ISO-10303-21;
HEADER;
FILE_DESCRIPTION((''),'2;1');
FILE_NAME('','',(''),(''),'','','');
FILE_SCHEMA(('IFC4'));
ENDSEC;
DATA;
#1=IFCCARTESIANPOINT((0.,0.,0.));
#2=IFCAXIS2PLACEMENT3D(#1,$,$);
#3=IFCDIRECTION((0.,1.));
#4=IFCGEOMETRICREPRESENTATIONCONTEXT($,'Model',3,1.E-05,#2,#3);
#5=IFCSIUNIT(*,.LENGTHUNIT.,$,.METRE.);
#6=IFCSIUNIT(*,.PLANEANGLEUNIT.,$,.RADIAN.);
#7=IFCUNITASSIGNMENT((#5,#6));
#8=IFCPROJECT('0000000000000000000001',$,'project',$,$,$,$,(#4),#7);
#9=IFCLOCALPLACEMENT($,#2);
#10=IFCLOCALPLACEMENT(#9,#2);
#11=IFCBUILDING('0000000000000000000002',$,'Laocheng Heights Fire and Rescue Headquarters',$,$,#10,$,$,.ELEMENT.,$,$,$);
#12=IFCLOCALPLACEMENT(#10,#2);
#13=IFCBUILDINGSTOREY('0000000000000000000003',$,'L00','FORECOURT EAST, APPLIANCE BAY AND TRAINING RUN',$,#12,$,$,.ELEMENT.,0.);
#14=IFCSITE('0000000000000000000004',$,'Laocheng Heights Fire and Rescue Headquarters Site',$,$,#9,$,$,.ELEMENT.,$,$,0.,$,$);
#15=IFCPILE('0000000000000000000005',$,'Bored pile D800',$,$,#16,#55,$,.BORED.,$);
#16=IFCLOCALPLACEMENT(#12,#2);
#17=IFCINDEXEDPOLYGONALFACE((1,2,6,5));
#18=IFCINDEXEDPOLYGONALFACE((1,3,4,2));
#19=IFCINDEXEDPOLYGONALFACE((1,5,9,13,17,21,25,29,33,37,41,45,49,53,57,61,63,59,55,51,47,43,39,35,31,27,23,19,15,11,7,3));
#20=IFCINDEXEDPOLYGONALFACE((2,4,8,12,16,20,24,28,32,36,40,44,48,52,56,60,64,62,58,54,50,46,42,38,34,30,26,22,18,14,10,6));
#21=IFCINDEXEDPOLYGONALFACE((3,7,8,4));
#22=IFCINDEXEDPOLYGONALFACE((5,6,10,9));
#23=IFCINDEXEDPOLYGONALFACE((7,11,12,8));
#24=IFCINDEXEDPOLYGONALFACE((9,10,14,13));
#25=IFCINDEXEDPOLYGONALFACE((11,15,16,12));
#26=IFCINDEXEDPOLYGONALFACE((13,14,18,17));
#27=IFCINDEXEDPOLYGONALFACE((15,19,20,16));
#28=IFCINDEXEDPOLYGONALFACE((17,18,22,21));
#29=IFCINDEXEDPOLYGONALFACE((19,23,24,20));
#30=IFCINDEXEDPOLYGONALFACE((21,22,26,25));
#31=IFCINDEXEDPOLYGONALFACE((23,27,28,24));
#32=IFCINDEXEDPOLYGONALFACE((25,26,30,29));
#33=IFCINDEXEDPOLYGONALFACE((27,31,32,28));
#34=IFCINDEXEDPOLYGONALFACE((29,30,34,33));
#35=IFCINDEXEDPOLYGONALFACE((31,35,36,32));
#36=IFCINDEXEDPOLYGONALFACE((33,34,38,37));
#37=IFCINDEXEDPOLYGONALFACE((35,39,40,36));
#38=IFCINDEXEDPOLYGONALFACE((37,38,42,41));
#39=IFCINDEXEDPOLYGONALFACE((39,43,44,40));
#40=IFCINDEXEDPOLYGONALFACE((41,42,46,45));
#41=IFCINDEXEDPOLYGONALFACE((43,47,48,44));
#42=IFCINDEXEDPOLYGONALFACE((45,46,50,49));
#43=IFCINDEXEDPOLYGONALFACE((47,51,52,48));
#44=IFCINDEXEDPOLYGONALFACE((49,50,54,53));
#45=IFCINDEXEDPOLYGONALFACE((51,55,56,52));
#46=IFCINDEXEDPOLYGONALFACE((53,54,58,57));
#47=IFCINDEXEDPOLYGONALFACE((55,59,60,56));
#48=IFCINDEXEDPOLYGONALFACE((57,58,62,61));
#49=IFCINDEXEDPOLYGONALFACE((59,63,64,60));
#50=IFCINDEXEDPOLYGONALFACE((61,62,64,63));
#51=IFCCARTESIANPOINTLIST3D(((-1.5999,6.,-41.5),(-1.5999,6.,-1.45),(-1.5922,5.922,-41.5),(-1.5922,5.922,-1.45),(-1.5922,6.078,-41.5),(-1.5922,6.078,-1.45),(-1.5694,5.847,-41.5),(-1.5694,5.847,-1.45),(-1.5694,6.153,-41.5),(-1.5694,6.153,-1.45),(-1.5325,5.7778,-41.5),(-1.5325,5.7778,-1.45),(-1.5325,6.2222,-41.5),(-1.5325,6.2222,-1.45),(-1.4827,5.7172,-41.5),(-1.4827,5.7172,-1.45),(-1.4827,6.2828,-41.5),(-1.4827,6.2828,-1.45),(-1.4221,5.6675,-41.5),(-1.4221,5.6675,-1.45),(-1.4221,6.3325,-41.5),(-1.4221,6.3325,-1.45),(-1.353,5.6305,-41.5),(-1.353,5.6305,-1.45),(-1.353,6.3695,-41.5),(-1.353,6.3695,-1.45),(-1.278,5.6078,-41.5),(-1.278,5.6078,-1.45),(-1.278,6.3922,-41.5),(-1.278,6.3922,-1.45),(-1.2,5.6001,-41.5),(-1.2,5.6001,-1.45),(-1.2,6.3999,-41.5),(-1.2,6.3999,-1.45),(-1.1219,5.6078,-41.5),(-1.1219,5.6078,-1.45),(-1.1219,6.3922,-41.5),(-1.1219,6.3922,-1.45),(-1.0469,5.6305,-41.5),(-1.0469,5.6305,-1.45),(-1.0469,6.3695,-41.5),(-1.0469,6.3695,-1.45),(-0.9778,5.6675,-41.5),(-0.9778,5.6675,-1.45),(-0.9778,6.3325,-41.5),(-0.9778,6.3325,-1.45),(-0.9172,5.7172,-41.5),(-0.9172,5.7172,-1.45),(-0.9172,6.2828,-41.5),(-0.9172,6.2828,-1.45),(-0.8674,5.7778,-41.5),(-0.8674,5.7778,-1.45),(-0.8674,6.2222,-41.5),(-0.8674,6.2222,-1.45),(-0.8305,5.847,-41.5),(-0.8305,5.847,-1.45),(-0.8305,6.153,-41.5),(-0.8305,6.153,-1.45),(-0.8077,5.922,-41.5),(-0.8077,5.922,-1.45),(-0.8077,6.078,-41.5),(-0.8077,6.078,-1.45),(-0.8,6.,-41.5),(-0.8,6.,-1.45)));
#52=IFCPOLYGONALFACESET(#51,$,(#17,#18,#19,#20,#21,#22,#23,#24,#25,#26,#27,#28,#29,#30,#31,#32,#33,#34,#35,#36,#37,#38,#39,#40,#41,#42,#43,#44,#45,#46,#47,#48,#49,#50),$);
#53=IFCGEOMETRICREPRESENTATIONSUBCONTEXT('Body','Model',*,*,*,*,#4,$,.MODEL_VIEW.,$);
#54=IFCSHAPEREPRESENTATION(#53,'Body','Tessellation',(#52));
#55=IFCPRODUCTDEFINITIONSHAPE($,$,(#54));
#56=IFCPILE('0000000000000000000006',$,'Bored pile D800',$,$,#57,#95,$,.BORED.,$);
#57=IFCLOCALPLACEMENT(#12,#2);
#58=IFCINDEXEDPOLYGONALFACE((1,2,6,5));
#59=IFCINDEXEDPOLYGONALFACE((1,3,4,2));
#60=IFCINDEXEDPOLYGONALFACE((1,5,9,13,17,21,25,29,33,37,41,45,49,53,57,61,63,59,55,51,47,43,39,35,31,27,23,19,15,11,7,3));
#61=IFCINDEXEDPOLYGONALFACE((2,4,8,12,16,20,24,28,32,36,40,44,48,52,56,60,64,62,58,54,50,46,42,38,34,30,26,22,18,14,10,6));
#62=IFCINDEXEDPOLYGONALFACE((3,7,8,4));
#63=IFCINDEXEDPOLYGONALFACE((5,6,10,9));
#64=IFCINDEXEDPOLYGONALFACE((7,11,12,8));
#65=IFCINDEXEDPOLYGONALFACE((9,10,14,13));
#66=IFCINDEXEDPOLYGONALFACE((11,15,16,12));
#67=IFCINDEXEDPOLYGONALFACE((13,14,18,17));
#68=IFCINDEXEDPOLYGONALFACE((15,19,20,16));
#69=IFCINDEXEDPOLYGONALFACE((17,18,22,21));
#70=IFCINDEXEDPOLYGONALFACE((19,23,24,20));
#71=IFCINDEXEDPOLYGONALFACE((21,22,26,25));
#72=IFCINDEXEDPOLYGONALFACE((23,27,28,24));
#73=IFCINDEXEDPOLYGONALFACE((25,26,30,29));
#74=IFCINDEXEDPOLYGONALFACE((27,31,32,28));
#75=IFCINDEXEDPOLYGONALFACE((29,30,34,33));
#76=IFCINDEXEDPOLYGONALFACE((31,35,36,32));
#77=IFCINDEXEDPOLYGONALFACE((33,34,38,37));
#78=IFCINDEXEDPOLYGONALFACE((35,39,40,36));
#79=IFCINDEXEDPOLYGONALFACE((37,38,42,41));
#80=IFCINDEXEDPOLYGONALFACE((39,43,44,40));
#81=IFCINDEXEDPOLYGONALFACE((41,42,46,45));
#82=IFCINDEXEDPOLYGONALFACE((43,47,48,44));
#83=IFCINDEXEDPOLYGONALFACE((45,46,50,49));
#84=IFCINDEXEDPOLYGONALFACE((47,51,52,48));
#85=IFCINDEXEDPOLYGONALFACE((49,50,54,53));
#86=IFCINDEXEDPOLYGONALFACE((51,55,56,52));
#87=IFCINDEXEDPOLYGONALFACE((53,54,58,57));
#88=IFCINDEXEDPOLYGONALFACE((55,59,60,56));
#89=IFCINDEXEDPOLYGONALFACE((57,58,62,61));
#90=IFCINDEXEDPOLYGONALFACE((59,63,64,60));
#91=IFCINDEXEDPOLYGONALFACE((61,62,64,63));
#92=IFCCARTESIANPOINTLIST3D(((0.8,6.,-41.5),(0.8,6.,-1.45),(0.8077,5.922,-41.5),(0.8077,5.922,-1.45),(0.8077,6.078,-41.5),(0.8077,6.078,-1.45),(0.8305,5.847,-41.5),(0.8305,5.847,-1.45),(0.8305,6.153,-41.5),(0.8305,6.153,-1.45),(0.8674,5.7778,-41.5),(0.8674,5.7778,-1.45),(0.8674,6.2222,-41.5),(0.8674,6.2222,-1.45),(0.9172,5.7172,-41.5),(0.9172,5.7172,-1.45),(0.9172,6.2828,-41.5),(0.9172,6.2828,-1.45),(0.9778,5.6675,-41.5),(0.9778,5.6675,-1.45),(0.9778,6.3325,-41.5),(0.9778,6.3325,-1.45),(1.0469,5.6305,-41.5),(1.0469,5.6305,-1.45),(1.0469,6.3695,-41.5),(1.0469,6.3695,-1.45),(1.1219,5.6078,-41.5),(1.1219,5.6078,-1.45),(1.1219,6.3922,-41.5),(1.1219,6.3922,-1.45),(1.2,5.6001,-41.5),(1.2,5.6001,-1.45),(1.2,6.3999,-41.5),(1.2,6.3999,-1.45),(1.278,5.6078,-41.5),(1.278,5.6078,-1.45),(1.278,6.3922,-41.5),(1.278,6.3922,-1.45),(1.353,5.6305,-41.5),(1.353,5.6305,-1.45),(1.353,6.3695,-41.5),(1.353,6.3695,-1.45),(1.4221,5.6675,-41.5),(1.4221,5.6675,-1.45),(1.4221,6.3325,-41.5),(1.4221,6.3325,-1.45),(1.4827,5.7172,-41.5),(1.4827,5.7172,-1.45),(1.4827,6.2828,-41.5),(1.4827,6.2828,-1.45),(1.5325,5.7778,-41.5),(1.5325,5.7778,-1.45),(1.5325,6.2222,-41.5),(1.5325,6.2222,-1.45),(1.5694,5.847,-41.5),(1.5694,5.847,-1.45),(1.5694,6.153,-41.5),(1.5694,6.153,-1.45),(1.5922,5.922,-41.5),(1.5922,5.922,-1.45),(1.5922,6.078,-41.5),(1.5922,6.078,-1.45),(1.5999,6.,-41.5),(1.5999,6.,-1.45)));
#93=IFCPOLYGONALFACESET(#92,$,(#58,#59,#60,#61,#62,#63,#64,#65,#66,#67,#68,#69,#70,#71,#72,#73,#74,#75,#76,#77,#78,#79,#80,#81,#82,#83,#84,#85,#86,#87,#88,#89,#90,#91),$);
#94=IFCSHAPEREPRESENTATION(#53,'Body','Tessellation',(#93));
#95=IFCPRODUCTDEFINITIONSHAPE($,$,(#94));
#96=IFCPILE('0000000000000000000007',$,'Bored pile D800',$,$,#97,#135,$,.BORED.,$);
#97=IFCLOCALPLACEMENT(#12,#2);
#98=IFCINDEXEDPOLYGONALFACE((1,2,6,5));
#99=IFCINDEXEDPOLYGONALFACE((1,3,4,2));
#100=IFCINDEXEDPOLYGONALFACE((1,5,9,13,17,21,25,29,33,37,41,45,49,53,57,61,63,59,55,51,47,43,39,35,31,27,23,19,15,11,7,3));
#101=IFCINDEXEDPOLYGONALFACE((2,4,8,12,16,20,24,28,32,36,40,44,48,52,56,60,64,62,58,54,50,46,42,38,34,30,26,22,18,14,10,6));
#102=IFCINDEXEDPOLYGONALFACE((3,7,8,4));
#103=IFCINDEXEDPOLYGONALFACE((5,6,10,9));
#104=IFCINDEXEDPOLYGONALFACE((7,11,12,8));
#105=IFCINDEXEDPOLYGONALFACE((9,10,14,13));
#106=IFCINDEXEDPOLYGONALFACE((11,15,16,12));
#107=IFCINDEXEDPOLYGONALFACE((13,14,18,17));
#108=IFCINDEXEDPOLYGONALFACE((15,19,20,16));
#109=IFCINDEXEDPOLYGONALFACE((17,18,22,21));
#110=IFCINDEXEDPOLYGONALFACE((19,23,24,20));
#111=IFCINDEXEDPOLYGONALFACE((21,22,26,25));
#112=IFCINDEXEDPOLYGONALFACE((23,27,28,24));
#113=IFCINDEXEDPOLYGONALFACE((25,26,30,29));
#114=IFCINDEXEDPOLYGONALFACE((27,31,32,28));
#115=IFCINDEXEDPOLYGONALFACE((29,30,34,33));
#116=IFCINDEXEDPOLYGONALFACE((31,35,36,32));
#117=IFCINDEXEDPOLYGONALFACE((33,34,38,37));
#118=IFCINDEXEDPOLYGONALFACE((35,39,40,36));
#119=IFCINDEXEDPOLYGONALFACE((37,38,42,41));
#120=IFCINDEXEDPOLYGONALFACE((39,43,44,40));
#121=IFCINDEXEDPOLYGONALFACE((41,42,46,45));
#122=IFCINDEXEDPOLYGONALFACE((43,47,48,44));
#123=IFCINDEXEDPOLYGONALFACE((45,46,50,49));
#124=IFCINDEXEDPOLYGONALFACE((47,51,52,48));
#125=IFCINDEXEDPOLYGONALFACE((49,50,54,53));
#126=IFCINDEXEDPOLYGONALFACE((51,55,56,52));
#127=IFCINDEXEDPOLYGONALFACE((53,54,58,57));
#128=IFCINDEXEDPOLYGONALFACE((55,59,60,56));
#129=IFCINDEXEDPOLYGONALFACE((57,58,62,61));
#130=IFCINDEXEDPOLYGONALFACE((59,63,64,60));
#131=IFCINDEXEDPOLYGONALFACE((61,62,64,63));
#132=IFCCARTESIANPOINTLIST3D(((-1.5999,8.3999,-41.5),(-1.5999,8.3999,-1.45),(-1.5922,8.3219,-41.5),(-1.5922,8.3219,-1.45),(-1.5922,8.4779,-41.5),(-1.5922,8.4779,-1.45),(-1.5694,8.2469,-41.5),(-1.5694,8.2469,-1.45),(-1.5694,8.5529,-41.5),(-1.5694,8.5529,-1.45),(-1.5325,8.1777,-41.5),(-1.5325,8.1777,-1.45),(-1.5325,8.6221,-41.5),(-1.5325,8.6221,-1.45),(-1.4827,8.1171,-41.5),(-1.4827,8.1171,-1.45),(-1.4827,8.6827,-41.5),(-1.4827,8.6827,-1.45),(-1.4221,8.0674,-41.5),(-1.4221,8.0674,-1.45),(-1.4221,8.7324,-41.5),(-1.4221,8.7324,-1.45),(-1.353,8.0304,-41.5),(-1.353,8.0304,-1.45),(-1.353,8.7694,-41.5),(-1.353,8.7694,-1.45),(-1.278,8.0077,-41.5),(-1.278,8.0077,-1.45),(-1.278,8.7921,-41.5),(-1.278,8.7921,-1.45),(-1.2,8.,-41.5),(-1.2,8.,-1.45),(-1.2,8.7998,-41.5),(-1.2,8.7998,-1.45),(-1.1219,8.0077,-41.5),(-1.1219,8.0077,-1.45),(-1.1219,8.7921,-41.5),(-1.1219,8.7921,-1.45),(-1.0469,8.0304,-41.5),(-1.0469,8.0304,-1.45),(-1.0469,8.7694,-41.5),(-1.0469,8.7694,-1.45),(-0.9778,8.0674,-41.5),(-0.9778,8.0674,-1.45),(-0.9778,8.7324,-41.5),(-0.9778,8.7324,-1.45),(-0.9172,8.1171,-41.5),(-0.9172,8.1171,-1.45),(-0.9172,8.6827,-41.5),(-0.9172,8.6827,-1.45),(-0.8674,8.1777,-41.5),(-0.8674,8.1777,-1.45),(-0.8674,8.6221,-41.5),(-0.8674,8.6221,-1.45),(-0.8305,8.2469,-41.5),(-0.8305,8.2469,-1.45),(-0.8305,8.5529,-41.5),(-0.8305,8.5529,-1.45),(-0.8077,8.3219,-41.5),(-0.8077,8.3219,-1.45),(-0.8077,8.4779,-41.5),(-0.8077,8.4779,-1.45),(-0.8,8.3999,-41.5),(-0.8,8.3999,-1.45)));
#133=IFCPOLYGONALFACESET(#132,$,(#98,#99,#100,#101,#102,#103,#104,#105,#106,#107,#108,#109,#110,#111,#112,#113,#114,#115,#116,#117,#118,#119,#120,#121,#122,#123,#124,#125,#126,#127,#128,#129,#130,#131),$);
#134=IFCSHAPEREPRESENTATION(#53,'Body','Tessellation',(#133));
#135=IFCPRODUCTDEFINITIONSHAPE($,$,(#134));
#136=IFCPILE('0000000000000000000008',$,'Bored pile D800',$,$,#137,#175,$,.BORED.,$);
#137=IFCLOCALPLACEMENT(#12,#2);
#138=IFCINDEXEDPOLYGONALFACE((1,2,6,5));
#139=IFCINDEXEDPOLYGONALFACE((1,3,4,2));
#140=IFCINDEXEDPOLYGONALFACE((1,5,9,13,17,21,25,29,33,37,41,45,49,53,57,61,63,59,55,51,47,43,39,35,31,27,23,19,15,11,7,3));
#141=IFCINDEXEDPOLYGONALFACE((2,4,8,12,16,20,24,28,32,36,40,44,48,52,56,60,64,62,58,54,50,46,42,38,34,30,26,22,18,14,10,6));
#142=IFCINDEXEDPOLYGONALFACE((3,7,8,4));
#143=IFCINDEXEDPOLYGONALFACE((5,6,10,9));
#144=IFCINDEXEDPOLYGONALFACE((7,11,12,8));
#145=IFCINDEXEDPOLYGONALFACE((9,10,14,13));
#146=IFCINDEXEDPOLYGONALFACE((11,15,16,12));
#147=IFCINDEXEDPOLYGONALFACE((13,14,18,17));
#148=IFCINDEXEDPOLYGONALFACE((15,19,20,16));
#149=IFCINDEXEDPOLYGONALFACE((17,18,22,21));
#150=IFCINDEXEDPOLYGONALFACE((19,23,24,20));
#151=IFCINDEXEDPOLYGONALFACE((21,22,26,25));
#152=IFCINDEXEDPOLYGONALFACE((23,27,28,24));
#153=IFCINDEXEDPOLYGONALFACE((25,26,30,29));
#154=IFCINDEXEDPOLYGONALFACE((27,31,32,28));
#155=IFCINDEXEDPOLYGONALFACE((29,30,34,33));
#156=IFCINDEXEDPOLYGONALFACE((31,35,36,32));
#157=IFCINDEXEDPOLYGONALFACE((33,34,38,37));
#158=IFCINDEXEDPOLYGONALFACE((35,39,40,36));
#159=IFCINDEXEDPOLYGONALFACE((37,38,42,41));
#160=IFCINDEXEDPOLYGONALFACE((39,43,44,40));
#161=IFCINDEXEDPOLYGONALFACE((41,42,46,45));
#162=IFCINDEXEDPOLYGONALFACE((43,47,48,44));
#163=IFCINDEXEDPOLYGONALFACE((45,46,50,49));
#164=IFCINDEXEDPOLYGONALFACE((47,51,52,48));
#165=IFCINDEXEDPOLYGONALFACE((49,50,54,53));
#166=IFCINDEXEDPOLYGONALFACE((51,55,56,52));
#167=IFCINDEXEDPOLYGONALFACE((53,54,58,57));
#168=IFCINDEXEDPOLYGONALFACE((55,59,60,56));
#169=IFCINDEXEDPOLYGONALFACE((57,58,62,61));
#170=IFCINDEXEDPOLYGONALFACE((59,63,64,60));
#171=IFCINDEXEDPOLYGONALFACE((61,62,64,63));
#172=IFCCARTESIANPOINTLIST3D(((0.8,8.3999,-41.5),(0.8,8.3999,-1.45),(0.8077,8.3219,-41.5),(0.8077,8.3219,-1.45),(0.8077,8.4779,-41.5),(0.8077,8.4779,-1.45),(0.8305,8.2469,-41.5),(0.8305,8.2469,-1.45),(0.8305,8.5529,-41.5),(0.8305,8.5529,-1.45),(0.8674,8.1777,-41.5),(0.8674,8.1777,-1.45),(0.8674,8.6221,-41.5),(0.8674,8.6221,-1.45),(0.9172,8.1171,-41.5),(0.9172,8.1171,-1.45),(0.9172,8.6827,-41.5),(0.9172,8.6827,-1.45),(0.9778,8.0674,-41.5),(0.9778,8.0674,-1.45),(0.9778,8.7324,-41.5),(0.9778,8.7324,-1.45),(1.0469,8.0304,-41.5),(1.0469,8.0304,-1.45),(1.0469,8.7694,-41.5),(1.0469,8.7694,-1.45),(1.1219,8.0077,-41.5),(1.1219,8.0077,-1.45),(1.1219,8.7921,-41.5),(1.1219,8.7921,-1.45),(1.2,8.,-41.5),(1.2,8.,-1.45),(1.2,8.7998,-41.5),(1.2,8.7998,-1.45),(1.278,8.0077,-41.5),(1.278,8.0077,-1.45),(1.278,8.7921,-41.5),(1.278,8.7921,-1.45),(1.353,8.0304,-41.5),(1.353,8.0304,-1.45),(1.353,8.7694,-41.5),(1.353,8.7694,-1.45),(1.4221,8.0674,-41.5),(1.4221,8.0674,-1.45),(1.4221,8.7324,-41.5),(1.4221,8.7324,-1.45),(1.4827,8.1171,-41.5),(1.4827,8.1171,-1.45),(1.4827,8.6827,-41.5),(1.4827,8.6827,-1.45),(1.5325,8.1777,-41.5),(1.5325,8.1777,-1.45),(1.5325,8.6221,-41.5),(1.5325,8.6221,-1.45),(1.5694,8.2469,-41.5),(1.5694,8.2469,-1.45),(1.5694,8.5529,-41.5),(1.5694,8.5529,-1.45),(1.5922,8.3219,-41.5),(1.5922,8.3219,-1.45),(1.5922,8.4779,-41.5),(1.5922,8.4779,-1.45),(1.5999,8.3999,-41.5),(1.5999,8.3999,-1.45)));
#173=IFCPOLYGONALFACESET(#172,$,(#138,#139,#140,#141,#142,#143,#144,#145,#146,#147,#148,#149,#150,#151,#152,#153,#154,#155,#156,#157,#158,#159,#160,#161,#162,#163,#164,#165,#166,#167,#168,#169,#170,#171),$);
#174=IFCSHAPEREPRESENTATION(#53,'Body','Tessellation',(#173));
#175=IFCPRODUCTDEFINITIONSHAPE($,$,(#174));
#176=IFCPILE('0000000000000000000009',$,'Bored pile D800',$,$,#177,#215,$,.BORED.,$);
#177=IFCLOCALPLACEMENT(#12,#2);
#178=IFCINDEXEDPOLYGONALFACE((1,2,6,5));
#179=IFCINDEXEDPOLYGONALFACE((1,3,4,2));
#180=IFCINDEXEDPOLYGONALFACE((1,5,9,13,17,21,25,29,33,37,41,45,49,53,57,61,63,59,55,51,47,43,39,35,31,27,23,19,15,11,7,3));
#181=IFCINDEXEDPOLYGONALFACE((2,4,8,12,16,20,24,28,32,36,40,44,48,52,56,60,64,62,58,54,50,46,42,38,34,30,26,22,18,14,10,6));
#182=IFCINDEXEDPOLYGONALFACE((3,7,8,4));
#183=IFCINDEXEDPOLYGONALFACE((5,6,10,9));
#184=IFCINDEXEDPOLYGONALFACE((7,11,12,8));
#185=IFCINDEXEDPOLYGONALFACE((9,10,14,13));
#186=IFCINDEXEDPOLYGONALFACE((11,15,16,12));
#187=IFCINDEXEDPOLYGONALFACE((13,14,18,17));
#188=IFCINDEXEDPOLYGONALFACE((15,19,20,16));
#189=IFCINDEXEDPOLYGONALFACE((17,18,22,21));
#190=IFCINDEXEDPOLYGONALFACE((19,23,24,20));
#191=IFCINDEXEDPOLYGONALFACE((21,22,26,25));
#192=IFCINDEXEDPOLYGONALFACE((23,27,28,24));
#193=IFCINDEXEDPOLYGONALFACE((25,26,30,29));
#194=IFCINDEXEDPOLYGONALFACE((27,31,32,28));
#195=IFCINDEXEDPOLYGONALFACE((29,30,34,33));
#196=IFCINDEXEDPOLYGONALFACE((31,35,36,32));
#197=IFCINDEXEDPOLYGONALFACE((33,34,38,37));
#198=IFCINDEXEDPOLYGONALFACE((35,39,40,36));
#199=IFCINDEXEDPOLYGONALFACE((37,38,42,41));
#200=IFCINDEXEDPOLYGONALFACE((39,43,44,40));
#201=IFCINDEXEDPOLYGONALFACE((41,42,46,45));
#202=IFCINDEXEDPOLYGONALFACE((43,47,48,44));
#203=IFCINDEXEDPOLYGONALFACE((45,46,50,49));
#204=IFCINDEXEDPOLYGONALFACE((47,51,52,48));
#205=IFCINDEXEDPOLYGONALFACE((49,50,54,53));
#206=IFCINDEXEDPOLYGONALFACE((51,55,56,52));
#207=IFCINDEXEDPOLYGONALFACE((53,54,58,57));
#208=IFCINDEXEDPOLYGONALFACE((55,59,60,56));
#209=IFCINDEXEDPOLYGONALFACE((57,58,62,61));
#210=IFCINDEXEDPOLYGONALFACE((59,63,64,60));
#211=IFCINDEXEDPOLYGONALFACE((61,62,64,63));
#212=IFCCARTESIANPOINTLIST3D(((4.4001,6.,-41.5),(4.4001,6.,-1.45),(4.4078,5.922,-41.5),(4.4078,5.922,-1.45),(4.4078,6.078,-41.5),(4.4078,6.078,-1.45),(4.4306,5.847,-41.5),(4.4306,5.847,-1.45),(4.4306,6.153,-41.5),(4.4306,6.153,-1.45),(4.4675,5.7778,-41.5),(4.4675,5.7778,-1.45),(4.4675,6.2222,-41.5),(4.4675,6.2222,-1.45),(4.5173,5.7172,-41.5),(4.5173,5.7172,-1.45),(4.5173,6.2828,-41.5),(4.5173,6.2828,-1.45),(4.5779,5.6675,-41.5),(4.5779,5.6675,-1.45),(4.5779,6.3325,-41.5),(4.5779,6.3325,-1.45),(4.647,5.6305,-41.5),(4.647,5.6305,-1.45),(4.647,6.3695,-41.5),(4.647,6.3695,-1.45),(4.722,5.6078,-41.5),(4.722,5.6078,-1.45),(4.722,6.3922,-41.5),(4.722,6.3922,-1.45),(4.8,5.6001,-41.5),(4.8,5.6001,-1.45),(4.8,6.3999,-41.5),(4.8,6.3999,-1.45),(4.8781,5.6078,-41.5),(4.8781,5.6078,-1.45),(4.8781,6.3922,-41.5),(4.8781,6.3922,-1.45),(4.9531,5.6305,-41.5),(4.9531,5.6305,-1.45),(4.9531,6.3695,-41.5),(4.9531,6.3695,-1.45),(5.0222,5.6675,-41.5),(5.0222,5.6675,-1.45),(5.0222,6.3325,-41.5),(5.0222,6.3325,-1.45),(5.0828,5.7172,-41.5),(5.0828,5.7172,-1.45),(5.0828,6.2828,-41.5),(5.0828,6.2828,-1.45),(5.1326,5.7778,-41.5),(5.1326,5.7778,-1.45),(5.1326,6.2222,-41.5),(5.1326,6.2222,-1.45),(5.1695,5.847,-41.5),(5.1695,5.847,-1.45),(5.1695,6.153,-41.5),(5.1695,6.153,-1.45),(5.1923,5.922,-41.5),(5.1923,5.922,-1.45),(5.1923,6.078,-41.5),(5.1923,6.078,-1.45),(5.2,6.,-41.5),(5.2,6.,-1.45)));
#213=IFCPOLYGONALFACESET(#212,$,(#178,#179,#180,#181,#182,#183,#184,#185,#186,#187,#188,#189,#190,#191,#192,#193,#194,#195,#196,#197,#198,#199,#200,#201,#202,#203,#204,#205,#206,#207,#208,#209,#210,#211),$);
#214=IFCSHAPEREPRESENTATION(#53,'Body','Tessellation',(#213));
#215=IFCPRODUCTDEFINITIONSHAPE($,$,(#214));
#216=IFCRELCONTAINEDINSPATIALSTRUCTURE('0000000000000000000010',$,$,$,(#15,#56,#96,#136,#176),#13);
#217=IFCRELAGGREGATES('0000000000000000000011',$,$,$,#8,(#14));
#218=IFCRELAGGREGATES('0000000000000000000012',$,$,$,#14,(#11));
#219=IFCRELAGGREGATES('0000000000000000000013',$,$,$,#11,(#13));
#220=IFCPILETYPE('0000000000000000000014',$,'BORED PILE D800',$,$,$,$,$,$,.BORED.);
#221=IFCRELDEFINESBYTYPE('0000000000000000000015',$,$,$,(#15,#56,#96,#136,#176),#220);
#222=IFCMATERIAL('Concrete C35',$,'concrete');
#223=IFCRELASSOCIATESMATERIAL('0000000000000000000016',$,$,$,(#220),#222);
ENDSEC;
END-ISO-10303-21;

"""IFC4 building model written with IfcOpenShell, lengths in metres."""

from ifc_helpers import new_model, si_unit, direction, frame, origin, origin_2d, place, context, subcontext, project, spatial, circle, extrude, material, material_profile, profile_set, type_object, element, save


model = new_model("IFC4")

# Units and contexts
model_context = context("Model", 3, precision=1e-05, world=origin(), true_north=direction((0.0, 1.0)))
body_context = subcontext(model_context, "Body", "Model", "MODEL_VIEW")
ifc_project = project(units=[si_unit("LENGTHUNIT", "METRE"), si_unit("PLANEANGLEUNIT", "RADIAN")], contexts=[model_context])

# Site, building, storey
site_placement = place(None, origin())
site = spatial("IfcSite", under=ifc_project, at=site_placement, Name="Laocheng Heights Fire and Rescue Headquarters Site", CompositionType="ELEMENT", RefElevation=0.0)
building_placement = place(site_placement, origin())
building = spatial("IfcBuilding", under=site, at=building_placement, Name="Laocheng Heights Fire and Rescue Headquarters", CompositionType="ELEMENT")
storey_placement = place(building_placement, origin())
storey = spatial("IfcBuildingStorey", under=building, at=storey_placement, Name="L00", Description="FORECOURT EAST, APPLIANCE BAY AND TRAINING RUN", CompositionType="ELEMENT", Elevation=0.0)

# Piles
ifc_material_1 = material(Name="Concrete C35", Category="concrete")
ifc_material_profile_1 = material_profile(ifc_material_1, circle(Radius=0.3999, at=origin_2d()), Name="BORED PILE D800")
ifc_profile_set_1 = profile_set([ifc_material_profile_1], Name="Concrete C35")
pile_type = type_object("IfcPileType", Name="BORED PILE D800", PredefinedType="BORED", material=ifc_profile_set_1)
for number, where, z_axis, x_axis, name in (
    (1, (-1.2, 6.0, -1.45), (0.0, 0.0, -1.0), (1.0, 0.0, 0.0), "Bored pile D800"),
    (2, (1.2, 6.0, -1.45), (0.0, 0.0, -1.0), (1.0, 0.0, 0.0), "Bored pile D800"),
    (3, (-1.2, 8.3999, -1.45), (0.0, 0.0, -1.0), (1.0, 0.0, 0.0), "Bored pile D800"),
    (4, (1.2, 8.3999, -1.45), (0.0, 0.0, -1.0), (1.0, 0.0, 0.0), "Bored pile D800"),
    (5, (4.8, 6.0, -1.45), (0.0, 0.0, -1.0), (1.0, 0.0, 0.0), "Bored pile D800"),
):
    element("IfcPile", number, at=place(storey_placement, frame(where, z_axis=z_axis, x_axis=x_axis)), inside=storey, type_object=pile_type, Name=name, PredefinedType="BORED", context=body_context, shape_type="SweptSolid", body=[
        extrude(circle(Radius=0.3999, at=origin_2d()), origin(), (0.0, 0.0, 1.0), 40.05),
    ])

save(model, "model.ifc")
